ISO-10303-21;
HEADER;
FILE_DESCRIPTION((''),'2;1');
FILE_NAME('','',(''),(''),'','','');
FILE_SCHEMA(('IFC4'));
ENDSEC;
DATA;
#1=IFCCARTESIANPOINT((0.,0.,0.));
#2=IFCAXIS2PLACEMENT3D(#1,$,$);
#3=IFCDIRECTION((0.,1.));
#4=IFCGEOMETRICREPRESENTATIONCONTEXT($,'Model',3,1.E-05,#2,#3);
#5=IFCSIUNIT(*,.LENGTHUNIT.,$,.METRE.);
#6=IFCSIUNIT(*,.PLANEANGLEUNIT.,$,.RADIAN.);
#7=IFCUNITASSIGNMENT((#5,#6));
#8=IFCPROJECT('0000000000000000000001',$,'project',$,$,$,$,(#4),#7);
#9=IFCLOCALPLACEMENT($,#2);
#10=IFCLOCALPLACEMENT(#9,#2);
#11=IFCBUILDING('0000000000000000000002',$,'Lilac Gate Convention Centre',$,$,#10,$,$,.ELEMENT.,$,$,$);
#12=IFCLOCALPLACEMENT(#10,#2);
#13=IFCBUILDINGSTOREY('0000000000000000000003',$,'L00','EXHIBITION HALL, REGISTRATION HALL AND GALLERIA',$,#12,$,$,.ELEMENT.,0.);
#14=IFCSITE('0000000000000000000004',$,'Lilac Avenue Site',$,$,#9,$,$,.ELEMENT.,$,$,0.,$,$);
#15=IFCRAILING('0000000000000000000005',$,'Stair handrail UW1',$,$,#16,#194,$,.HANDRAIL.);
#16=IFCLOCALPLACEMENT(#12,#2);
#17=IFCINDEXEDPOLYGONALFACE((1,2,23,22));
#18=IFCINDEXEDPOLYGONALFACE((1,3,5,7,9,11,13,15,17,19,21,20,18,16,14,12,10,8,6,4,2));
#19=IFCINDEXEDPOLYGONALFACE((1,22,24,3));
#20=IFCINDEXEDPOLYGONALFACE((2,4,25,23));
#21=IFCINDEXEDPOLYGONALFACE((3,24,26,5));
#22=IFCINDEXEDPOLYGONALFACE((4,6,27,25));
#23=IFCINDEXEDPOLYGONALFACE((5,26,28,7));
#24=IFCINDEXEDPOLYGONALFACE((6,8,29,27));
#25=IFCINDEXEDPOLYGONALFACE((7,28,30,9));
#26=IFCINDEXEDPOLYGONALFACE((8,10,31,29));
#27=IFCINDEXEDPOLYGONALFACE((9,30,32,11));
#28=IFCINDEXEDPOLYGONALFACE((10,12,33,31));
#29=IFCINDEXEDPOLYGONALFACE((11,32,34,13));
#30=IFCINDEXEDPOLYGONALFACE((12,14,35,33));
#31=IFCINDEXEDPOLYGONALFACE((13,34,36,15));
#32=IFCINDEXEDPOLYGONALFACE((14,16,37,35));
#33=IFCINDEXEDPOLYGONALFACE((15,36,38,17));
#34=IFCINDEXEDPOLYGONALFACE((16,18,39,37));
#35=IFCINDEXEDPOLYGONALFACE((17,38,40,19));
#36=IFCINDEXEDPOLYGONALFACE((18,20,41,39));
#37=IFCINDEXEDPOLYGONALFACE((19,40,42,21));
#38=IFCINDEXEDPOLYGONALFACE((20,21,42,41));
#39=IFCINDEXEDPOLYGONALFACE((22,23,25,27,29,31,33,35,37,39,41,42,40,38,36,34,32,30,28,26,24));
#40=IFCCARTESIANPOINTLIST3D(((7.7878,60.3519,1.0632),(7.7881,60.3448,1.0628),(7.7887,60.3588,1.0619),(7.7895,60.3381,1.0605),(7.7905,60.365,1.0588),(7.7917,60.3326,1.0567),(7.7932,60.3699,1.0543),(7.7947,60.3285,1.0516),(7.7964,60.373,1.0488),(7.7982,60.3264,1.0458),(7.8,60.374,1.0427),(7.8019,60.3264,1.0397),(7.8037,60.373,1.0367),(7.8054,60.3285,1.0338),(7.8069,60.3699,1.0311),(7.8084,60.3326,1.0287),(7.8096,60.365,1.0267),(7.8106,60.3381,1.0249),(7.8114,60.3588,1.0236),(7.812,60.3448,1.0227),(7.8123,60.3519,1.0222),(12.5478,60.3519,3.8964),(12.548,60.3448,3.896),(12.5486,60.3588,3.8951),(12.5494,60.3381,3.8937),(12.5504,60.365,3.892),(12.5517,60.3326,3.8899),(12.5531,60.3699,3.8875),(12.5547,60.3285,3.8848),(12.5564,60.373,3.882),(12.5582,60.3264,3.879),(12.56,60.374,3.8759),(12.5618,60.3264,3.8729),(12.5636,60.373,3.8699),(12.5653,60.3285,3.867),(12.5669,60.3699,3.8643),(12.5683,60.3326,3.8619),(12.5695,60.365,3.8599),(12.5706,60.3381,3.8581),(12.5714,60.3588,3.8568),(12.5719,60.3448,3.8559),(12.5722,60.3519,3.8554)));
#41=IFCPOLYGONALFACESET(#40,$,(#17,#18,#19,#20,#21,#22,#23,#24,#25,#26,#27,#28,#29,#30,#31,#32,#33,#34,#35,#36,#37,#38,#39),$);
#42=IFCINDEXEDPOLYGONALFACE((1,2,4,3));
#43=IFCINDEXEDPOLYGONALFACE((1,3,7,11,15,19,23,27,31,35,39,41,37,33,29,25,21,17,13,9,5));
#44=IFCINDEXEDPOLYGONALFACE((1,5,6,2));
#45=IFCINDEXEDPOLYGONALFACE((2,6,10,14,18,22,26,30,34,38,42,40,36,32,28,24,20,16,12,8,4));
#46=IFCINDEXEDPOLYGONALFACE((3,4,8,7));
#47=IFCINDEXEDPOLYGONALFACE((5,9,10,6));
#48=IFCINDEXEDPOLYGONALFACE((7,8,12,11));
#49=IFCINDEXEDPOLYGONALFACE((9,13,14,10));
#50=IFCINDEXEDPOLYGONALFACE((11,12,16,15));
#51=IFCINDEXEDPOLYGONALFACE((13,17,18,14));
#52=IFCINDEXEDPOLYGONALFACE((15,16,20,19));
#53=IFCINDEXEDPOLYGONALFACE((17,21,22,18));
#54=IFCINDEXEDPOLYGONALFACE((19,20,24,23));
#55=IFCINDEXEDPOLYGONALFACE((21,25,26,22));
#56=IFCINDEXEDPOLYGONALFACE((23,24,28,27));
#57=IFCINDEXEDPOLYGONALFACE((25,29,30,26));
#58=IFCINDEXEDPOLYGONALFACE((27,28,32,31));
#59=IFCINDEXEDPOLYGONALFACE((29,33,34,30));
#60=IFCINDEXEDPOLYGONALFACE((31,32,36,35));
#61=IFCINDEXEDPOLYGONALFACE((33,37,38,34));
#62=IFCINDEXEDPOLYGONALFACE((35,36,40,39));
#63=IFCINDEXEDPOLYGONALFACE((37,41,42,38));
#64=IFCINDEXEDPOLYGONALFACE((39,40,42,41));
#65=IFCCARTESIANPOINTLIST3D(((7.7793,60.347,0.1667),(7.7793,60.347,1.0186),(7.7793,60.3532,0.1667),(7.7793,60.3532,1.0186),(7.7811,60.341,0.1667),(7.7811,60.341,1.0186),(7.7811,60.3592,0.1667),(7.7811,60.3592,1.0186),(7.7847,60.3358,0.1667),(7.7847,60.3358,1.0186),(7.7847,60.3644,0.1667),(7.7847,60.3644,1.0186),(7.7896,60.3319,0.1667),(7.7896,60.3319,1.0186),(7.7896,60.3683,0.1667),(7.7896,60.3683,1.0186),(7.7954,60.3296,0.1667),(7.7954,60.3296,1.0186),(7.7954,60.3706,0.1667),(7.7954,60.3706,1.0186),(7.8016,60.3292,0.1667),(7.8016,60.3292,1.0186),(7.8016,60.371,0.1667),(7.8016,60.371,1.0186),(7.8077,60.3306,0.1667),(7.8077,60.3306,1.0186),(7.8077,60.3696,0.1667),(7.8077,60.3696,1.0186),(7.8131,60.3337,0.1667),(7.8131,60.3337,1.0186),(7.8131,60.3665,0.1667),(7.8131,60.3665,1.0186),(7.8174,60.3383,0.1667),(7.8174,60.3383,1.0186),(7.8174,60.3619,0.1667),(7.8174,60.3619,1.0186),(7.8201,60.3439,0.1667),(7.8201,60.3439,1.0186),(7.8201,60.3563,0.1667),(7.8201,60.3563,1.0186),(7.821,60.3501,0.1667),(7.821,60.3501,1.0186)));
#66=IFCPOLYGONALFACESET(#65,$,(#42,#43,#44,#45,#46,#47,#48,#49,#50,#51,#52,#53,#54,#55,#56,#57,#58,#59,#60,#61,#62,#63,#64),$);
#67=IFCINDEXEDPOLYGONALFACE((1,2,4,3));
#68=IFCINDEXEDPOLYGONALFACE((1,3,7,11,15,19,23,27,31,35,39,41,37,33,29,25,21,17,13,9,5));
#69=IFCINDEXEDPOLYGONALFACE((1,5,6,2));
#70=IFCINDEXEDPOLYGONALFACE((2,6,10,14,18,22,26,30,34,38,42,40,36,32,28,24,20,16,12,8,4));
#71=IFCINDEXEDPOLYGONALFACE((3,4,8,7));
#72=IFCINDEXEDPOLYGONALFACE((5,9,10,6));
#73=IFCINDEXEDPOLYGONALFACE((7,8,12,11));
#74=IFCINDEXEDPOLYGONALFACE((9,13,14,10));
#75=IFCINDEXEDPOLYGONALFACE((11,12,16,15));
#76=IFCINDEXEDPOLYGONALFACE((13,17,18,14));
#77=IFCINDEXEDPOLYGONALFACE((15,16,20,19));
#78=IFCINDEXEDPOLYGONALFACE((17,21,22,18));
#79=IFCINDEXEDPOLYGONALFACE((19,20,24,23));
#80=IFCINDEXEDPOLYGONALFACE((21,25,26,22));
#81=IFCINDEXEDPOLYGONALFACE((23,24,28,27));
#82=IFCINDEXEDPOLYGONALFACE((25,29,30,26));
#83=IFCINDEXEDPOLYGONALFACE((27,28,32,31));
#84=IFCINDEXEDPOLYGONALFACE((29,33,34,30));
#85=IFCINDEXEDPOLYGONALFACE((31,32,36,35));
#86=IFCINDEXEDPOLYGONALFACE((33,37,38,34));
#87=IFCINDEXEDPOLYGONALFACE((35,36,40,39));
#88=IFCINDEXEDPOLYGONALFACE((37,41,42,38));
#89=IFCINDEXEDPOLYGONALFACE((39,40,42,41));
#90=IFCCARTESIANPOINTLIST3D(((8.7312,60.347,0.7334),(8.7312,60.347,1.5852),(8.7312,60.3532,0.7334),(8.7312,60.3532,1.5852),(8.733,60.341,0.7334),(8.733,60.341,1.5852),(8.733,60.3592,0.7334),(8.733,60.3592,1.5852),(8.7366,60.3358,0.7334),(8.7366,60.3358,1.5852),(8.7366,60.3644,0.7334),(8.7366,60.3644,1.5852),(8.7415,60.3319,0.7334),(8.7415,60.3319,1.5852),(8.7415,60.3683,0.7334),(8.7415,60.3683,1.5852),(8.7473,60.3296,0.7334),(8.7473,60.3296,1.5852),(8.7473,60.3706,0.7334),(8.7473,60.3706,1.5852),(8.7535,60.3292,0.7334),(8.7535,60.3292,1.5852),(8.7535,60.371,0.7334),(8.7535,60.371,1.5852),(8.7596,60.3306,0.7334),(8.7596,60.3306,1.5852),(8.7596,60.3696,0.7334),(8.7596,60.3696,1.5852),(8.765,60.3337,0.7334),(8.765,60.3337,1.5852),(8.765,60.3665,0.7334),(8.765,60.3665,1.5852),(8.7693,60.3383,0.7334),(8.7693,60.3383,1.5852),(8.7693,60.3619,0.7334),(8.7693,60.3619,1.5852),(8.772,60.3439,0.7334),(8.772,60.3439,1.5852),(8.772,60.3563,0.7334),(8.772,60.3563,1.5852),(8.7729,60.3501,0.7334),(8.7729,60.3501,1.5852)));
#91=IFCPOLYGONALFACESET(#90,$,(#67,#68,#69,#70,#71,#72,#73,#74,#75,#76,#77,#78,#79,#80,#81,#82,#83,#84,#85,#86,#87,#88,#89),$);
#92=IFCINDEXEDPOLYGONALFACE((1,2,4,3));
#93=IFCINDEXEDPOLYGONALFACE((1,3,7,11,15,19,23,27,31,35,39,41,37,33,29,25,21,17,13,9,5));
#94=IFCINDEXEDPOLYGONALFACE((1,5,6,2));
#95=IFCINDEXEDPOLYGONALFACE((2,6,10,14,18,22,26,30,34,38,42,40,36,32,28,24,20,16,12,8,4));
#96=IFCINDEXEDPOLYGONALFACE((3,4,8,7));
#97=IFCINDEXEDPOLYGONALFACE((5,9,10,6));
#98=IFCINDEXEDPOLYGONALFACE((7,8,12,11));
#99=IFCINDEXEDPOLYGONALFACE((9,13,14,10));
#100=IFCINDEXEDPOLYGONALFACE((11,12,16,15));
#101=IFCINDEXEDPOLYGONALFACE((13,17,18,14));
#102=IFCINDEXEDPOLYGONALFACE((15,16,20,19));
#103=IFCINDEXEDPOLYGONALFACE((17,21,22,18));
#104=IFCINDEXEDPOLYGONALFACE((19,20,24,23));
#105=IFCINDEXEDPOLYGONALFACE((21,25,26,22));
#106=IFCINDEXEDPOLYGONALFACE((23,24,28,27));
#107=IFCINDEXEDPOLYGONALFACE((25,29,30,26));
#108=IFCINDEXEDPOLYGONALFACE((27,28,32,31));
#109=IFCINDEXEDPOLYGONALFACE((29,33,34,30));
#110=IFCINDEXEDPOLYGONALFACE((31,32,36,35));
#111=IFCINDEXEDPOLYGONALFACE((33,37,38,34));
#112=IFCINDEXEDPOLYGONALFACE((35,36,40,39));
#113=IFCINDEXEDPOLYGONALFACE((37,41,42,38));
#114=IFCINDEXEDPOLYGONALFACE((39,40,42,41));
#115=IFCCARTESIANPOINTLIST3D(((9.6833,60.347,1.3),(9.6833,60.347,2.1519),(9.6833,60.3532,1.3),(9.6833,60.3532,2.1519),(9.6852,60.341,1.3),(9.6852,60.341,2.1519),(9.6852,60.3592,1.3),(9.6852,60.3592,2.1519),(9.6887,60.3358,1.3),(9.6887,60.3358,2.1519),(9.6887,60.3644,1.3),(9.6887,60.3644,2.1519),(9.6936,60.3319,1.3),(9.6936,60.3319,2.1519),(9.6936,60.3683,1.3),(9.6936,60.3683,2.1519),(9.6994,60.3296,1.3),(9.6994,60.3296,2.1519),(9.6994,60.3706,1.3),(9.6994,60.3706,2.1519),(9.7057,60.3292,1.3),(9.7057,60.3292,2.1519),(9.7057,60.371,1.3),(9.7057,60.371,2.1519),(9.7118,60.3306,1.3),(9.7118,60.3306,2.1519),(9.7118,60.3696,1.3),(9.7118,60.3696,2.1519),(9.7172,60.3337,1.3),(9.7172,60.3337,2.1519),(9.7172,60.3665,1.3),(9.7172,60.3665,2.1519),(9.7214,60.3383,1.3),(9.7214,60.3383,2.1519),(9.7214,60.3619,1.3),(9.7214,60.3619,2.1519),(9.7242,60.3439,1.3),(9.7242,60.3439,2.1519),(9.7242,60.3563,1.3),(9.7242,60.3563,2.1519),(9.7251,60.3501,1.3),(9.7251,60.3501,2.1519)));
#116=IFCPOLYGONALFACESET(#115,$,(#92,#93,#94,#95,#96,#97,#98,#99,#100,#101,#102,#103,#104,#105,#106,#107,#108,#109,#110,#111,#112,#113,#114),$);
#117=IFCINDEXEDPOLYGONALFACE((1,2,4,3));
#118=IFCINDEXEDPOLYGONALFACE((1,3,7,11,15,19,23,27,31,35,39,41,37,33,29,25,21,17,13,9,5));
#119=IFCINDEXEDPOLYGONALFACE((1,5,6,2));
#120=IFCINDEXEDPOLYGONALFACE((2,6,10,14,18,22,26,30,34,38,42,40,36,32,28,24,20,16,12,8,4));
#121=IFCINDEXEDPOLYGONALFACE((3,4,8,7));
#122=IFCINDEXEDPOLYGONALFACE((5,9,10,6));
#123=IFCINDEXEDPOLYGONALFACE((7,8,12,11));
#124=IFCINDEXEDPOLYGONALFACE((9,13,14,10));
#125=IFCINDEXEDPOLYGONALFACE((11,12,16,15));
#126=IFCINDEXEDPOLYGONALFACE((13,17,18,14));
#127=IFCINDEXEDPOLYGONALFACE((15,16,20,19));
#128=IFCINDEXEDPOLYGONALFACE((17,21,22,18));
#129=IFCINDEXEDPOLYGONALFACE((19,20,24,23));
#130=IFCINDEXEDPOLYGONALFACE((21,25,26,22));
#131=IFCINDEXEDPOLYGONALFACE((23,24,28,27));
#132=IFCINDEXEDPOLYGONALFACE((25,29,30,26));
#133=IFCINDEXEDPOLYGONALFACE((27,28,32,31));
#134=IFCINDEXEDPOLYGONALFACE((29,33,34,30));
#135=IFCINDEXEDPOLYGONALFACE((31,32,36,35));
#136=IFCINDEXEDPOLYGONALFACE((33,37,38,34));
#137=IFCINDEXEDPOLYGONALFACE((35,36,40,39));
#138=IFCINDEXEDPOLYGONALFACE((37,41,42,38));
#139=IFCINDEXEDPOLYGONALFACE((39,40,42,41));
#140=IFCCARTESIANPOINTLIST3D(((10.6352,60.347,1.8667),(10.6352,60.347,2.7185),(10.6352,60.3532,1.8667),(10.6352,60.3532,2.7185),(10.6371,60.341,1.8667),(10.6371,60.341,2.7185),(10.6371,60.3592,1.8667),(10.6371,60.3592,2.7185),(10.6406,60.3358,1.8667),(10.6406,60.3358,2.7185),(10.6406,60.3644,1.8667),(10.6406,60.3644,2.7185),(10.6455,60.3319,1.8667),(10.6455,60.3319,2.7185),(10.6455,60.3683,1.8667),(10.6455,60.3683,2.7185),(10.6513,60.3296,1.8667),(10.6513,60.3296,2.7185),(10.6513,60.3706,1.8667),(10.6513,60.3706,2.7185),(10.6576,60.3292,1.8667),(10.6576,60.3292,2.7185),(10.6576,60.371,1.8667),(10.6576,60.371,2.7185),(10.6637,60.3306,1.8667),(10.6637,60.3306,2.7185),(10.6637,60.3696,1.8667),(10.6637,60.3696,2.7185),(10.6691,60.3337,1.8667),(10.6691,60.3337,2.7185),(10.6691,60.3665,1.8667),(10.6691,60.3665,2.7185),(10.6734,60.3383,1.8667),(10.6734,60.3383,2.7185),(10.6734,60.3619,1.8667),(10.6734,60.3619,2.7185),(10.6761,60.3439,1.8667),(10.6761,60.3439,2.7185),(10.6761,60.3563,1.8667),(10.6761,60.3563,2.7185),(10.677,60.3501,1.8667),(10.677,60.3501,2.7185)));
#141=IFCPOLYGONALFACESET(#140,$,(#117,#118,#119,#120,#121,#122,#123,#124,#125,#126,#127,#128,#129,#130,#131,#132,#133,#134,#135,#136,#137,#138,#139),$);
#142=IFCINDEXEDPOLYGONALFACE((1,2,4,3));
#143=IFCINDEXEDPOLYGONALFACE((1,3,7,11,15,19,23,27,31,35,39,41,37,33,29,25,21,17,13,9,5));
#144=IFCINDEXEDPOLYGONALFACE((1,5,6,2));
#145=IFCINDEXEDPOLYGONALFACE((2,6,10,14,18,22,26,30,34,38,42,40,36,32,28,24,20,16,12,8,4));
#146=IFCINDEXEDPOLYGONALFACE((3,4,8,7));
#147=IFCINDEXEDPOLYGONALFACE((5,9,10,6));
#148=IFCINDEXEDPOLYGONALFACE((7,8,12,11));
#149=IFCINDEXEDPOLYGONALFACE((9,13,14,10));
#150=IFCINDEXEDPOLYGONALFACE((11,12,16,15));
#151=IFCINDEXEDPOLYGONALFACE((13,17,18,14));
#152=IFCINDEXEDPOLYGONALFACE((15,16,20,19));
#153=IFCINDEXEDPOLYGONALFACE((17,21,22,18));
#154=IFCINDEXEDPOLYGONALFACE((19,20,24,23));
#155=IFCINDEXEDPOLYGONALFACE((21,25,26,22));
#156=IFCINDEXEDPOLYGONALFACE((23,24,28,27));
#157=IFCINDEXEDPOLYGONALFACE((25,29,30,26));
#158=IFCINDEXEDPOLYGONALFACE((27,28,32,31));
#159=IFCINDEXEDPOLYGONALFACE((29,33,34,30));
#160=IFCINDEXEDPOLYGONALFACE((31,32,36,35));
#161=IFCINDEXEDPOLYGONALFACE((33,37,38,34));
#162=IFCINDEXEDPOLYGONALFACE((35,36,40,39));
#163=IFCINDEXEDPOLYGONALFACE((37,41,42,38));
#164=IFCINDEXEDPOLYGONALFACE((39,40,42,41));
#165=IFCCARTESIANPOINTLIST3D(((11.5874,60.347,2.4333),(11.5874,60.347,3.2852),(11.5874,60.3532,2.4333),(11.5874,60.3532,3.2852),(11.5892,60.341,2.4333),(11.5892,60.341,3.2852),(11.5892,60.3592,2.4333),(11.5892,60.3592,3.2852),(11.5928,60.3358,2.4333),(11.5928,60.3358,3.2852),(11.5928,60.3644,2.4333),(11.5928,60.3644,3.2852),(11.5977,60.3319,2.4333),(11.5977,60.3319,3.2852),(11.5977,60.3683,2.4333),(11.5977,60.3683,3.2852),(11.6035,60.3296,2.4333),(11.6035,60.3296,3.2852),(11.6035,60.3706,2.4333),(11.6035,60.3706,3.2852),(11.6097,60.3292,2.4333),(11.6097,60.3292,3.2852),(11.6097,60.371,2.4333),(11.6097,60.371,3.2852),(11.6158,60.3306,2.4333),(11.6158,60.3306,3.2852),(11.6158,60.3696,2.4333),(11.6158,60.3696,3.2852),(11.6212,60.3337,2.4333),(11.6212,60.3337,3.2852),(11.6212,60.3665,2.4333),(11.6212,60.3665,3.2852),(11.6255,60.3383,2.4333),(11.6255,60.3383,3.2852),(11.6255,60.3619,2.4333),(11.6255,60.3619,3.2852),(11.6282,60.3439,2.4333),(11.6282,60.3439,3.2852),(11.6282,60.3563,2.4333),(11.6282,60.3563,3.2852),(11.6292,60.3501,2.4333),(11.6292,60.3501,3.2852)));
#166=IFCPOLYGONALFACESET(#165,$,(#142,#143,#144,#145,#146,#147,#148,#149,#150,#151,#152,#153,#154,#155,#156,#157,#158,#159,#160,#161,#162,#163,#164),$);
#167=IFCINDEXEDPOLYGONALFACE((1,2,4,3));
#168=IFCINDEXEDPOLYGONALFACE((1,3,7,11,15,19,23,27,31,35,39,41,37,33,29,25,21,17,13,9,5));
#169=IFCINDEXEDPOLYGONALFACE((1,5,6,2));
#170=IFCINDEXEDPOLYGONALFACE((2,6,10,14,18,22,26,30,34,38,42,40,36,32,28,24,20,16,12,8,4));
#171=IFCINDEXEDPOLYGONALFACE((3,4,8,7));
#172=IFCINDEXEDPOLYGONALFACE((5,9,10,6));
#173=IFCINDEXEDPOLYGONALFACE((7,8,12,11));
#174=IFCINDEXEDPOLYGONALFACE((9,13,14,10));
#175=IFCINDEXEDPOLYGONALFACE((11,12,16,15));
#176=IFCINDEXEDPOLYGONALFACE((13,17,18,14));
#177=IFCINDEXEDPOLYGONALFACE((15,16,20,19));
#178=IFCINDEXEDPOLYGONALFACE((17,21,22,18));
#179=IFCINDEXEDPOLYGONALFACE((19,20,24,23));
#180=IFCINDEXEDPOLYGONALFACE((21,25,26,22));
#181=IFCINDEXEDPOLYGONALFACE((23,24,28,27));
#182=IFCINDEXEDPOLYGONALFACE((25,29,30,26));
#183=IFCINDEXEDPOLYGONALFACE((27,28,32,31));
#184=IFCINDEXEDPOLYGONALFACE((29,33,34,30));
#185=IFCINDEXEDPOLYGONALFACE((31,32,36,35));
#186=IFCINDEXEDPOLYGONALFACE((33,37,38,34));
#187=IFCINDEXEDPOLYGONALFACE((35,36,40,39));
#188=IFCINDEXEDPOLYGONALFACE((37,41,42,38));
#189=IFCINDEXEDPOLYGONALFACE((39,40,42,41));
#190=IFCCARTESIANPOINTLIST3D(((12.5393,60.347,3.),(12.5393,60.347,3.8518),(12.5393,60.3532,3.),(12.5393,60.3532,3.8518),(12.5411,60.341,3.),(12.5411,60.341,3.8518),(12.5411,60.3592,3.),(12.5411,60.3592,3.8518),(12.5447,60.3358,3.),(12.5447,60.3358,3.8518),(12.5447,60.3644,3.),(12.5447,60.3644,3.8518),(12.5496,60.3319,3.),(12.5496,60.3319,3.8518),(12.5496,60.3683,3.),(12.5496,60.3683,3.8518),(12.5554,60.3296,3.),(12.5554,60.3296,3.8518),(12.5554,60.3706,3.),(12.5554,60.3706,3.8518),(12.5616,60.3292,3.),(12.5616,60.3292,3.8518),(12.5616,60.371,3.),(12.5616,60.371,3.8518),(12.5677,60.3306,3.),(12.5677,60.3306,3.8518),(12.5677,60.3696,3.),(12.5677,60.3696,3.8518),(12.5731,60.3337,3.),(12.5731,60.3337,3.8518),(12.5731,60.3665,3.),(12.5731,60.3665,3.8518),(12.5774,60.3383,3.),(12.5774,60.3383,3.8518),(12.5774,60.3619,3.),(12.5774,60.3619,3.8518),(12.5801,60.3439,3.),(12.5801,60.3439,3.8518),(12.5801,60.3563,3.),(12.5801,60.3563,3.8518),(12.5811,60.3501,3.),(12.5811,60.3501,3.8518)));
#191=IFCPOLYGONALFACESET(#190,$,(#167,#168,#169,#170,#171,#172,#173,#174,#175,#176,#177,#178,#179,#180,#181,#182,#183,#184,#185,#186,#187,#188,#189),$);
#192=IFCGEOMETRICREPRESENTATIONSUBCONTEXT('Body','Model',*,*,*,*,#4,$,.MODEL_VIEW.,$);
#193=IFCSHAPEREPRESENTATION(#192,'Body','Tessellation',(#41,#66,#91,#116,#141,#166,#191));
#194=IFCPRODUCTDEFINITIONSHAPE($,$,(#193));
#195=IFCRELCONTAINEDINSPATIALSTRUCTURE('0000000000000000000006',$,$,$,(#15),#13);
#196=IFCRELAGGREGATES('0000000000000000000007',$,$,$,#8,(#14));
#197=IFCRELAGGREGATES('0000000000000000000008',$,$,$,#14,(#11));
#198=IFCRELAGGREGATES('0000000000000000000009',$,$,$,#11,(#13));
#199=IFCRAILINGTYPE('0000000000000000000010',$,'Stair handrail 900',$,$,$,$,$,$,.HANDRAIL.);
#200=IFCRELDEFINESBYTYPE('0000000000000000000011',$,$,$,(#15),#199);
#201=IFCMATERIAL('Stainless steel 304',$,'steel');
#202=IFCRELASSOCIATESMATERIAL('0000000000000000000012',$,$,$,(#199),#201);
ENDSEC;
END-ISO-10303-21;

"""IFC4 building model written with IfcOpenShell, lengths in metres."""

from ifc_helpers import new_model, si_unit, direction, frame, origin, origin_2d, place, context, subcontext, project, spatial, circle, extrude, material, type_object, element, save


model = new_model("IFC4")

# Units and contexts
model_context = context("Model", 3, precision=1e-05, world=origin(), true_north=direction((0.0, 1.0)))
body_context = subcontext(model_context, "Body", "Model", "MODEL_VIEW")
ifc_project = project(units=[si_unit("LENGTHUNIT", "METRE"), si_unit("PLANEANGLEUNIT", "RADIAN")], contexts=[model_context])

# Site, building, storey
site_placement = place(None, origin())
site = spatial("IfcSite", under=ifc_project, at=site_placement, Name="Lilac Avenue Site", CompositionType="ELEMENT", RefElevation=0.0)
building_placement = place(site_placement, origin())
building = spatial("IfcBuilding", under=site, at=building_placement, Name="Lilac Gate Convention Centre", CompositionType="ELEMENT")
storey_placement = place(building_placement, origin())
storey = spatial("IfcBuildingStorey", under=building, at=storey_placement, Name="L00", Description="EXHIBITION HALL, REGISTRATION HALL AND GALLERIA", CompositionType="ELEMENT", Elevation=0.0)

# Railing
ifc_material_1 = material(Name="Stainless steel 304", Category="steel")
railing_type = type_object("IfcRailingType", Name="Stair handrail 900", PredefinedType="HANDRAIL", material=ifc_material_1)
for number, where, name in (
    (1, (7.8, 60.3501, 0.1667), "Stair handrail UW1"),
):
    element("IfcRailing", number, at=place(storey_placement, frame(where)), inside=storey, type_object=railing_type, Name=name, PredefinedType="HANDRAIL", context=body_context, shape_type="SweptSolid", body=[
        extrude(circle(Radius=0.0239, at=origin_2d()), frame((0.0, 0.0, 0.876), z_axis=(0.8593, 0.0, 0.511472), x_axis=(0.0, 1.0, 0.0)), (0.0, 0.0, 1.0), 5.5393),
        extrude(circle(Radius=0.021, at=origin_2d()), origin(), (0.0, 0.0, 1.0), 0.8518),
        extrude(circle(Radius=0.021, at=origin_2d()), frame((0.9519, 0.0, 0.5667)), (0.0, 0.0, 1.0), 0.8518),
        extrude(circle(Radius=0.021, at=origin_2d()), frame((1.9041, 0.0, 1.1333)), (0.0, 0.0, 1.0), 0.8518),
        extrude(circle(Radius=0.021, at=origin_2d()), frame((2.856, 0.0, 1.7)), (0.0, 0.0, 1.0), 0.8518),
        extrude(circle(Radius=0.021, at=origin_2d()), frame((3.8081, 0.0, 2.2666)), (0.0, 0.0, 1.0), 0.8518),
        extrude(circle(Radius=0.021, at=origin_2d()), frame((4.76, 0.0, 2.8333)), (0.0, 0.0, 1.0), 0.8518),
    ])

save(model, "model.ifc")
